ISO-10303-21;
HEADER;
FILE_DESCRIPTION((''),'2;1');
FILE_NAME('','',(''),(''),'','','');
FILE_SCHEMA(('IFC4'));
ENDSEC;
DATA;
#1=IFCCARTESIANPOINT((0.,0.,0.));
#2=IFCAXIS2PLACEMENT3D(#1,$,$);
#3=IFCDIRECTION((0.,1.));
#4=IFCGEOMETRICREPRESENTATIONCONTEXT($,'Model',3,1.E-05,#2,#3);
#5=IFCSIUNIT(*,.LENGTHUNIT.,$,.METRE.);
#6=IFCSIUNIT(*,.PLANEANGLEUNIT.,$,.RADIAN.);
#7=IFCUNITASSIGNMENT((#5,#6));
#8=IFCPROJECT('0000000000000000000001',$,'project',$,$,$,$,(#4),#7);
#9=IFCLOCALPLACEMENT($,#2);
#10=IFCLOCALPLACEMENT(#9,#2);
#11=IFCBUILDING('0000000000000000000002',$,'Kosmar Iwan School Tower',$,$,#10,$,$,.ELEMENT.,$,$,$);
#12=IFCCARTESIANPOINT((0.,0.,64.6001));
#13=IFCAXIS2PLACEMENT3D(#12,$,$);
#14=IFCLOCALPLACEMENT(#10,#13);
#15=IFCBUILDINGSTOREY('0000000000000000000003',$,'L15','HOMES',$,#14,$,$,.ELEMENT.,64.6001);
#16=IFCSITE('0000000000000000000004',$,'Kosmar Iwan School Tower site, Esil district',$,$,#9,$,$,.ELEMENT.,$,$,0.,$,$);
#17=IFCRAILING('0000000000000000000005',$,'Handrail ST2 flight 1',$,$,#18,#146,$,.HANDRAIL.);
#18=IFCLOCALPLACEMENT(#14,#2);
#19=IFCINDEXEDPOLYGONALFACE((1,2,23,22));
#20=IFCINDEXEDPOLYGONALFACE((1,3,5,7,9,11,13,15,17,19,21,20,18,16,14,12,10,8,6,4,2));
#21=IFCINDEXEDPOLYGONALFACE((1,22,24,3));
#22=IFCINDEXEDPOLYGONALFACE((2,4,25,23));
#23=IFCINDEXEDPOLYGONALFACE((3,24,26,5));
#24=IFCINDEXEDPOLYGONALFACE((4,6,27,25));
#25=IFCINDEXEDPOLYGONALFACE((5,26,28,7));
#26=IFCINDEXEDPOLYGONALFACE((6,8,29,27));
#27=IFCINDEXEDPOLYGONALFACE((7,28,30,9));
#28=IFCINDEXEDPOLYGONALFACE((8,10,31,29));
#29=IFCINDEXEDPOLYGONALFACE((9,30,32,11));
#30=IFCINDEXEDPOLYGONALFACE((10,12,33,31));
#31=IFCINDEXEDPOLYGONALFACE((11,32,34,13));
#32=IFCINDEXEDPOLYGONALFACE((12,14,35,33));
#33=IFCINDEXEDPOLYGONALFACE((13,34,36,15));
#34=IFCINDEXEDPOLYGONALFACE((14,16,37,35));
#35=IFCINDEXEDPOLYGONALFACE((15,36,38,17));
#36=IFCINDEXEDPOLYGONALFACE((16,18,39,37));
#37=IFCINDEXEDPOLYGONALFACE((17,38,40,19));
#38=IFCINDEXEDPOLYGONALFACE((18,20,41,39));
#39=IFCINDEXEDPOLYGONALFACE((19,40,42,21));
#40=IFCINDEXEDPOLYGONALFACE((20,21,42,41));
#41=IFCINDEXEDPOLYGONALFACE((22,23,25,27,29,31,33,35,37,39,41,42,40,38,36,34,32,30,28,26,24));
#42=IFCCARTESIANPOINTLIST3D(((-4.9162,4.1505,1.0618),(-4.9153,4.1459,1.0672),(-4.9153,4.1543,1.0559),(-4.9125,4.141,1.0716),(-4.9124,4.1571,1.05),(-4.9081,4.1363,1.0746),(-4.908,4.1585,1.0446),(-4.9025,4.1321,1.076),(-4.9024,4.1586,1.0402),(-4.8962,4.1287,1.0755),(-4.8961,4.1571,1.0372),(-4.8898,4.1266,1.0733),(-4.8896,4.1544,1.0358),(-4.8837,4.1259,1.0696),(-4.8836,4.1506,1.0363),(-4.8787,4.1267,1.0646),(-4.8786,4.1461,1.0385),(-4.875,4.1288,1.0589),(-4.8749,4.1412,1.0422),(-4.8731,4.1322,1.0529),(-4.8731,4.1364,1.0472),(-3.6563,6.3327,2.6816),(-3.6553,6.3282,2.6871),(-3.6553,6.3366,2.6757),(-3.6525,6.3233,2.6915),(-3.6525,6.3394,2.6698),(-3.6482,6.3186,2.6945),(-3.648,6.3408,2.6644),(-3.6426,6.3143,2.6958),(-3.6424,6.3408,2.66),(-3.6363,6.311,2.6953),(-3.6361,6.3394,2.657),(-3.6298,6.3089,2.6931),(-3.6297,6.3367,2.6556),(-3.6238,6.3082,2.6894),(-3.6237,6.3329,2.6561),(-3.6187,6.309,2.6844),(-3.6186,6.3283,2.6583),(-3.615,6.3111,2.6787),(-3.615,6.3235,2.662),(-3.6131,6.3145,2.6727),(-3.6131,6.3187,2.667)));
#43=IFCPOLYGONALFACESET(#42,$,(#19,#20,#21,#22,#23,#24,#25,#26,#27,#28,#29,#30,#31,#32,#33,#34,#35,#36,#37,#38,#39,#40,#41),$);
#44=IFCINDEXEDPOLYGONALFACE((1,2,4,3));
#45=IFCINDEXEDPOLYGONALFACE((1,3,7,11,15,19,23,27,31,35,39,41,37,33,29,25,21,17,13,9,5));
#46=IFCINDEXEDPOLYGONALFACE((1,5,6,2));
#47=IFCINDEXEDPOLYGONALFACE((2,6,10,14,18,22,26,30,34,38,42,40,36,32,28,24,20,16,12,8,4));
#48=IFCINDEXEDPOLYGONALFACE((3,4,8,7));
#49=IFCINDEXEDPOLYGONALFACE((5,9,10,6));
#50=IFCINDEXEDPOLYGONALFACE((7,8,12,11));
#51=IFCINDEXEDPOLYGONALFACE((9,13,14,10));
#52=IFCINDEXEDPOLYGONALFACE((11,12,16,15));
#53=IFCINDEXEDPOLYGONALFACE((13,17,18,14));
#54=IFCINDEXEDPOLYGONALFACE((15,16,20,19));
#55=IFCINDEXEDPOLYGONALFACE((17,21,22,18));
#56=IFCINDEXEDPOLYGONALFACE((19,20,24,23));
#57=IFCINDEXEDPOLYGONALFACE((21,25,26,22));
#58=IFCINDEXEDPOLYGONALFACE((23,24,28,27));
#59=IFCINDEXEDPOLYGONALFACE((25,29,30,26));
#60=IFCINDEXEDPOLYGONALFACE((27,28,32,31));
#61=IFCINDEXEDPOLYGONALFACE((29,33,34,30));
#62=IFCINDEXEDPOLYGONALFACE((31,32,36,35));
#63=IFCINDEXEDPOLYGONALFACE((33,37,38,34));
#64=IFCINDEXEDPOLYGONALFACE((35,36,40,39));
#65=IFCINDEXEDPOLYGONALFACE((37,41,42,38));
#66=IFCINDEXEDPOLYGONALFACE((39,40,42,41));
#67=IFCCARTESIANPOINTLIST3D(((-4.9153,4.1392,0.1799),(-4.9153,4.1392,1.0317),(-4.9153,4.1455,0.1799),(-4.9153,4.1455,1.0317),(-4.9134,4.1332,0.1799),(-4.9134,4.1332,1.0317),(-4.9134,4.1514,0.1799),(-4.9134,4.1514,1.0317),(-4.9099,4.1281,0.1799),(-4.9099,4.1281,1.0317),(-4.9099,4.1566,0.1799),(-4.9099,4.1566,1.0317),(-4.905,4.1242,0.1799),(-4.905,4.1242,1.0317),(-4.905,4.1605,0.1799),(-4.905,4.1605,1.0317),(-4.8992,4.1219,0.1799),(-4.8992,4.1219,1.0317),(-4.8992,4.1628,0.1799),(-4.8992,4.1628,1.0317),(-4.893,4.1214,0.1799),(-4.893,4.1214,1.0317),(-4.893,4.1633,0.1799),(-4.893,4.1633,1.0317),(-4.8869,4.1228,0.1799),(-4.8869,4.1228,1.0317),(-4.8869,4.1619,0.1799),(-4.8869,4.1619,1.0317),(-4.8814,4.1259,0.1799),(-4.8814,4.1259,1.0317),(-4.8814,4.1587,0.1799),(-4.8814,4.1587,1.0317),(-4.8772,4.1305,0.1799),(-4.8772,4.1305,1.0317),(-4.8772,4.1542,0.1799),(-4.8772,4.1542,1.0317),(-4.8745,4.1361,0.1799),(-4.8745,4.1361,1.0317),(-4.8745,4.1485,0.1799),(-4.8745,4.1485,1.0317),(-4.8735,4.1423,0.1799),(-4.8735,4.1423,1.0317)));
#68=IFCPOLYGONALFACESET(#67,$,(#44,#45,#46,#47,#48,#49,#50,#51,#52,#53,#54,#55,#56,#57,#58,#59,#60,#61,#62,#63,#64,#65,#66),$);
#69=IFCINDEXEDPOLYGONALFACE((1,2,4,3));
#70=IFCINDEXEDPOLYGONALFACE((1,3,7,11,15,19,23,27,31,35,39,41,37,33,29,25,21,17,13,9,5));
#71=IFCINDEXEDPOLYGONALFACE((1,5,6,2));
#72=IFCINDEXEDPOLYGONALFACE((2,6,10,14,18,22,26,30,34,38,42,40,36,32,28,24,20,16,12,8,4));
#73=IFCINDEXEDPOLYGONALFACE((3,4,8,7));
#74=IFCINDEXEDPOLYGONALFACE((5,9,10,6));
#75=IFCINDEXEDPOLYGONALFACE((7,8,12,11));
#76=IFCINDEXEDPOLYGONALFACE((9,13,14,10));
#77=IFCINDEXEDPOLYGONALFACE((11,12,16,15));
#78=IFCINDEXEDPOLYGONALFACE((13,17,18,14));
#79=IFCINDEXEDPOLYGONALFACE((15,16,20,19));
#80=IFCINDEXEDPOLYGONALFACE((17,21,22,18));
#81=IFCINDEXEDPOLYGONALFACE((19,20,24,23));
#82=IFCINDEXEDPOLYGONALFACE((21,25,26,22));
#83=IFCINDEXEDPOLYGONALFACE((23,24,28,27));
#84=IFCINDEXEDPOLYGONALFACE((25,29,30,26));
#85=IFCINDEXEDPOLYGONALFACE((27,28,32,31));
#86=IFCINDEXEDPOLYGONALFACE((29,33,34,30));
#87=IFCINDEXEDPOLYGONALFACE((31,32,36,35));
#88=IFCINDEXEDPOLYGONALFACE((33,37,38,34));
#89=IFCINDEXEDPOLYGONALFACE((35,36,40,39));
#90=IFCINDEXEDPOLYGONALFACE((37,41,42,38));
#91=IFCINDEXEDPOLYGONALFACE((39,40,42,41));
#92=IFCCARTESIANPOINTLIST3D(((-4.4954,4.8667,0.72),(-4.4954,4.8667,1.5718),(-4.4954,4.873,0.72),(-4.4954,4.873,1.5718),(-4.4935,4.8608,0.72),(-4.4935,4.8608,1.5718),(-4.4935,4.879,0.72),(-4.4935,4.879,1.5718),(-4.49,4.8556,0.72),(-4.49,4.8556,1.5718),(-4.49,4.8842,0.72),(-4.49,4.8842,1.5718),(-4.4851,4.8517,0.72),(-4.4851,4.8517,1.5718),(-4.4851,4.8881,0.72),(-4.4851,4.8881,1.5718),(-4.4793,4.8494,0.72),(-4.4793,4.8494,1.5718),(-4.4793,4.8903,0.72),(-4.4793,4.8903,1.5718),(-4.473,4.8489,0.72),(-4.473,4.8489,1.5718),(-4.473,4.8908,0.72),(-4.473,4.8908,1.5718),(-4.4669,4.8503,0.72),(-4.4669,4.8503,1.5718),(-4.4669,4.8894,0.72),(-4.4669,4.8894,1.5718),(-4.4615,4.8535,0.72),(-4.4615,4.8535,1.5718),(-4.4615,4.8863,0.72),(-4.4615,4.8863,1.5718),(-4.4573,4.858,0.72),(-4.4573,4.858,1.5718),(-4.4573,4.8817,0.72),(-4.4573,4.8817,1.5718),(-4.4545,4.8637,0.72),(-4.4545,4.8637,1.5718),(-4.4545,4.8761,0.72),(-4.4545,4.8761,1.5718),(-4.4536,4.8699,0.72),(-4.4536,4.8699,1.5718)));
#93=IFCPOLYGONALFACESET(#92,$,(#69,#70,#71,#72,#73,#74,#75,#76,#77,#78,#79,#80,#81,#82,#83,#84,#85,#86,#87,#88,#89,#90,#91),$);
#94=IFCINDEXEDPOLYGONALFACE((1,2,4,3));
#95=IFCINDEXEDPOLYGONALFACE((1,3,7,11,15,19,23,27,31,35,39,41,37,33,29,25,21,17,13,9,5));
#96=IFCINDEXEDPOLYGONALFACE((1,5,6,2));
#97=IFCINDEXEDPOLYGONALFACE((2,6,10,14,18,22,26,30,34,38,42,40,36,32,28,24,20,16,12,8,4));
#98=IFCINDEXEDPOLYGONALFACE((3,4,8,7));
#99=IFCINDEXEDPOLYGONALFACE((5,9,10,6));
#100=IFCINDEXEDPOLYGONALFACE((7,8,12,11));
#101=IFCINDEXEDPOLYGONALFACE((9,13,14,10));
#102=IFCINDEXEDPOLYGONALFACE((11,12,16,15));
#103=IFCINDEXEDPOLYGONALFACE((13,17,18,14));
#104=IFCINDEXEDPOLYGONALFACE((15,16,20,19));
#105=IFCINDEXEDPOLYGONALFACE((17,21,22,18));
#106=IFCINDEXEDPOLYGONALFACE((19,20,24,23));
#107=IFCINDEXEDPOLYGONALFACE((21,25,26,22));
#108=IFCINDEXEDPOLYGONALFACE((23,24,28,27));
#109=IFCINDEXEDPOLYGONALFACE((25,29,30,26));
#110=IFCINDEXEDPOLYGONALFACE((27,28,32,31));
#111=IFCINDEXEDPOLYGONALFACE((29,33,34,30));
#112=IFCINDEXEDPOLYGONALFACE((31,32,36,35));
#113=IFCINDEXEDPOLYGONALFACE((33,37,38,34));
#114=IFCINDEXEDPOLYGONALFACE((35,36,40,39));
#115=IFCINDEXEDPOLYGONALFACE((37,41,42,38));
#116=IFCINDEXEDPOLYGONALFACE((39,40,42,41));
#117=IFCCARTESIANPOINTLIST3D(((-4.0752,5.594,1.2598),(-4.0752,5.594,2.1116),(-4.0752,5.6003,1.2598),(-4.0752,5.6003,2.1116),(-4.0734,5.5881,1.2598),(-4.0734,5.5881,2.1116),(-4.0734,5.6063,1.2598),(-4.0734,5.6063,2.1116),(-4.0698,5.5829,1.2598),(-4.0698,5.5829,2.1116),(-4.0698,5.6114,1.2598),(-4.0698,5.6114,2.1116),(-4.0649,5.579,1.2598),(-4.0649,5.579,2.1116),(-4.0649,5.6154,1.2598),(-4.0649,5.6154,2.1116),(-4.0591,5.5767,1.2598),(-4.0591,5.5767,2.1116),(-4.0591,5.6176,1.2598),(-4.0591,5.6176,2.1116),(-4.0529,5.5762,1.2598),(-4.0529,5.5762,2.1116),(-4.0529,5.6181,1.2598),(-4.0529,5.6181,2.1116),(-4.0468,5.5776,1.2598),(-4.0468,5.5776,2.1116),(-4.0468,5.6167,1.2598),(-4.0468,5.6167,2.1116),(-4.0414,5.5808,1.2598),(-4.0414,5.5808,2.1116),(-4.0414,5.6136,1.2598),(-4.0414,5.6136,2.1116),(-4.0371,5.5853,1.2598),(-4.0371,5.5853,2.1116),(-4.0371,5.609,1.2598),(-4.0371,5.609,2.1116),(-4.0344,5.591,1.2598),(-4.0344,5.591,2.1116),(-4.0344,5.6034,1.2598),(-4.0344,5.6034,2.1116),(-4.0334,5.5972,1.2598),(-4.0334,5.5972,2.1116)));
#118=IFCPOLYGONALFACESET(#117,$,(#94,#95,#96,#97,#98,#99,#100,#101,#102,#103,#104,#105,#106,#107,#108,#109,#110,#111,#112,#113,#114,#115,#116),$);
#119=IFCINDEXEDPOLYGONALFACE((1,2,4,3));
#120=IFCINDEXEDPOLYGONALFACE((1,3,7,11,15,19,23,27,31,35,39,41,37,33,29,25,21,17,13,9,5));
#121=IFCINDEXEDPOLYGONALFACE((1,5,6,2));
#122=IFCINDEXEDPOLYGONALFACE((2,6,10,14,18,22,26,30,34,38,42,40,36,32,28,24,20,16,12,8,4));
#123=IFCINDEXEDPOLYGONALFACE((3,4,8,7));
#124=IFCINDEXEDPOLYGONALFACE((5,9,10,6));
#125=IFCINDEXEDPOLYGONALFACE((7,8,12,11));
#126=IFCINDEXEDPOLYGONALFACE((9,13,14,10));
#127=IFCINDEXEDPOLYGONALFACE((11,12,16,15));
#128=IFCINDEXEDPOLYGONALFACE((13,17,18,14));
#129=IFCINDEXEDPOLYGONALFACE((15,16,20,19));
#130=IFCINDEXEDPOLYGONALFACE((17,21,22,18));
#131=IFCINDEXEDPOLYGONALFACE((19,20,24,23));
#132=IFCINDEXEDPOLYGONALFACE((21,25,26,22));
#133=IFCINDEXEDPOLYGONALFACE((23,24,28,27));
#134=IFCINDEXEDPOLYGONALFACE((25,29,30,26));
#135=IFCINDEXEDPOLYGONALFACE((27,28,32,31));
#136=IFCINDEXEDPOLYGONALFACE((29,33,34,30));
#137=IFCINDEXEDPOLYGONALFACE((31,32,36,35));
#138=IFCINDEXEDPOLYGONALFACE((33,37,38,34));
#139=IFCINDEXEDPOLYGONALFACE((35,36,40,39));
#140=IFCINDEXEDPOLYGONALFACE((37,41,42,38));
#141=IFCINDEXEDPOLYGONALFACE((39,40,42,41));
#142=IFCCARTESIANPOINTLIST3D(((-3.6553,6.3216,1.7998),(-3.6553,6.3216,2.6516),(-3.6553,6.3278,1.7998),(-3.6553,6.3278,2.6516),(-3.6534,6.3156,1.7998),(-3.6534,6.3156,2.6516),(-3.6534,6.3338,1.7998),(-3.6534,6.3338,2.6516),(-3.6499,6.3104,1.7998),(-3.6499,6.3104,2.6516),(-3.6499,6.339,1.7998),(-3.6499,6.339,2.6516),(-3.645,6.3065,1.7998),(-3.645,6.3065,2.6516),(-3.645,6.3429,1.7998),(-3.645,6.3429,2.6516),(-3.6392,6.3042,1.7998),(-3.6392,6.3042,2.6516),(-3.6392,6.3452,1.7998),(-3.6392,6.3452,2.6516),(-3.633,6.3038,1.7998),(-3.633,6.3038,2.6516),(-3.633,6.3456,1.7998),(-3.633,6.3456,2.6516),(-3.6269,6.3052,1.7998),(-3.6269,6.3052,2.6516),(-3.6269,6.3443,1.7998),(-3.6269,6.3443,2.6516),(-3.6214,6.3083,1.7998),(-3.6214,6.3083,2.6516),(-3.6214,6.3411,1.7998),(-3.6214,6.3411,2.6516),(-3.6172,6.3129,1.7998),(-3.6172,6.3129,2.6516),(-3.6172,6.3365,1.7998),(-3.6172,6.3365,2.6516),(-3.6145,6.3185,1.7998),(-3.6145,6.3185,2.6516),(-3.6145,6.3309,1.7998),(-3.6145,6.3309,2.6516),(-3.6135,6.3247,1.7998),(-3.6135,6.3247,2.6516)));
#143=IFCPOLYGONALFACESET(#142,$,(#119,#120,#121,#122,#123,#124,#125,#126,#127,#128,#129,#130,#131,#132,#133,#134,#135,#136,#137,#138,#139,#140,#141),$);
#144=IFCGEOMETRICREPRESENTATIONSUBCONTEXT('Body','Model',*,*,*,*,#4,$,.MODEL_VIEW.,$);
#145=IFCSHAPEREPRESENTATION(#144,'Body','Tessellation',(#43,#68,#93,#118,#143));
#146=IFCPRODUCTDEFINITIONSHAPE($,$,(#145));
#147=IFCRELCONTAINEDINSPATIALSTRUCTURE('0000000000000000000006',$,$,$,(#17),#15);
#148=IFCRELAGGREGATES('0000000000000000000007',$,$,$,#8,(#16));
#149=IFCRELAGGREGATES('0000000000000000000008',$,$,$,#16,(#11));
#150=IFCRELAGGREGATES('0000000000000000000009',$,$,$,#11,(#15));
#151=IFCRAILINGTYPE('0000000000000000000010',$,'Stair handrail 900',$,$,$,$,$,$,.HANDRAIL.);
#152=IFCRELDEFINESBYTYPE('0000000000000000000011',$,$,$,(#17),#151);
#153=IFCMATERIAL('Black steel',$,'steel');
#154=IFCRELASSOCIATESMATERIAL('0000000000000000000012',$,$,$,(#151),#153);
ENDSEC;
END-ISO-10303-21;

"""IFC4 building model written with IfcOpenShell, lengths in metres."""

from ifc_helpers import new_model, si_unit, direction, frame, origin, origin_2d, place, context, subcontext, project, spatial, circle, extrude, material, type_object, element, save


model = new_model("IFC4")

# Units and contexts
model_context = context("Model", 3, precision=1e-05, world=origin(), true_north=direction((0.0, 1.0)))
body_context = subcontext(model_context, "Body", "Model", "MODEL_VIEW")
ifc_project = project(units=[si_unit("LENGTHUNIT", "METRE"), si_unit("PLANEANGLEUNIT", "RADIAN")], contexts=[model_context])

# Site, building, storey
site_placement = place(None, origin())
site = spatial("IfcSite", under=ifc_project, at=site_placement, Name="Kosmar Iwan School Tower site, Esil district", CompositionType="ELEMENT", RefElevation=0.0)
building_placement = place(site_placement, origin())
building = spatial("IfcBuilding", under=site, at=building_placement, Name="Kosmar Iwan School Tower", CompositionType="ELEMENT")
storey_placement = place(building_placement, frame((0.0, 0.0, 64.6001)))
storey = spatial("IfcBuildingStorey", under=building, at=storey_placement, Name="L15", Description="HOMES", CompositionType="ELEMENT", Elevation=64.6001)

# Railing
ifc_material_1 = material(Name="Black steel", Category="steel")
railing_type = type_object("IfcRailingType", Name="Stair handrail 900", PredefinedType="HANDRAIL", material=ifc_material_1)
railing_placement = place(storey_placement, frame((-4.8945, 4.1423, 0.1799)))
element("IfcRailing", 1, at=railing_placement, inside=storey, type_object=railing_type, Name="Handrail ST2 flight 1", PredefinedType="HANDRAIL", context=body_context, shape_type="SweptSolid", body=[
    extrude(circle(Radius=0.0239, at=origin_2d()), frame((0.0, 0.0, 0.876), z_axis=(0.420603, 0.728496, 0.540728), x_axis=(-0.866023, 0.500005, 0.0)), (0.0, 0.0, 1.0), 2.9956),
    extrude(circle(Radius=0.021, at=origin_2d()), origin(), (0.0, 0.0, 1.0), 0.8518),
    extrude(circle(Radius=0.021, at=origin_2d()), frame((0.4199, 0.7275, 0.54)), (0.0, 0.0, 1.0), 0.8518),
    extrude(circle(Radius=0.021, at=origin_2d()), frame((0.8401, 1.4548, 1.0798)), (0.0, 0.0, 1.0), 0.8518),
    extrude(circle(Radius=0.021, at=origin_2d()), frame((1.26, 2.1824, 1.6199)), (0.0, 0.0, 1.0), 0.8518),
])

save(model, "model.ifc")
